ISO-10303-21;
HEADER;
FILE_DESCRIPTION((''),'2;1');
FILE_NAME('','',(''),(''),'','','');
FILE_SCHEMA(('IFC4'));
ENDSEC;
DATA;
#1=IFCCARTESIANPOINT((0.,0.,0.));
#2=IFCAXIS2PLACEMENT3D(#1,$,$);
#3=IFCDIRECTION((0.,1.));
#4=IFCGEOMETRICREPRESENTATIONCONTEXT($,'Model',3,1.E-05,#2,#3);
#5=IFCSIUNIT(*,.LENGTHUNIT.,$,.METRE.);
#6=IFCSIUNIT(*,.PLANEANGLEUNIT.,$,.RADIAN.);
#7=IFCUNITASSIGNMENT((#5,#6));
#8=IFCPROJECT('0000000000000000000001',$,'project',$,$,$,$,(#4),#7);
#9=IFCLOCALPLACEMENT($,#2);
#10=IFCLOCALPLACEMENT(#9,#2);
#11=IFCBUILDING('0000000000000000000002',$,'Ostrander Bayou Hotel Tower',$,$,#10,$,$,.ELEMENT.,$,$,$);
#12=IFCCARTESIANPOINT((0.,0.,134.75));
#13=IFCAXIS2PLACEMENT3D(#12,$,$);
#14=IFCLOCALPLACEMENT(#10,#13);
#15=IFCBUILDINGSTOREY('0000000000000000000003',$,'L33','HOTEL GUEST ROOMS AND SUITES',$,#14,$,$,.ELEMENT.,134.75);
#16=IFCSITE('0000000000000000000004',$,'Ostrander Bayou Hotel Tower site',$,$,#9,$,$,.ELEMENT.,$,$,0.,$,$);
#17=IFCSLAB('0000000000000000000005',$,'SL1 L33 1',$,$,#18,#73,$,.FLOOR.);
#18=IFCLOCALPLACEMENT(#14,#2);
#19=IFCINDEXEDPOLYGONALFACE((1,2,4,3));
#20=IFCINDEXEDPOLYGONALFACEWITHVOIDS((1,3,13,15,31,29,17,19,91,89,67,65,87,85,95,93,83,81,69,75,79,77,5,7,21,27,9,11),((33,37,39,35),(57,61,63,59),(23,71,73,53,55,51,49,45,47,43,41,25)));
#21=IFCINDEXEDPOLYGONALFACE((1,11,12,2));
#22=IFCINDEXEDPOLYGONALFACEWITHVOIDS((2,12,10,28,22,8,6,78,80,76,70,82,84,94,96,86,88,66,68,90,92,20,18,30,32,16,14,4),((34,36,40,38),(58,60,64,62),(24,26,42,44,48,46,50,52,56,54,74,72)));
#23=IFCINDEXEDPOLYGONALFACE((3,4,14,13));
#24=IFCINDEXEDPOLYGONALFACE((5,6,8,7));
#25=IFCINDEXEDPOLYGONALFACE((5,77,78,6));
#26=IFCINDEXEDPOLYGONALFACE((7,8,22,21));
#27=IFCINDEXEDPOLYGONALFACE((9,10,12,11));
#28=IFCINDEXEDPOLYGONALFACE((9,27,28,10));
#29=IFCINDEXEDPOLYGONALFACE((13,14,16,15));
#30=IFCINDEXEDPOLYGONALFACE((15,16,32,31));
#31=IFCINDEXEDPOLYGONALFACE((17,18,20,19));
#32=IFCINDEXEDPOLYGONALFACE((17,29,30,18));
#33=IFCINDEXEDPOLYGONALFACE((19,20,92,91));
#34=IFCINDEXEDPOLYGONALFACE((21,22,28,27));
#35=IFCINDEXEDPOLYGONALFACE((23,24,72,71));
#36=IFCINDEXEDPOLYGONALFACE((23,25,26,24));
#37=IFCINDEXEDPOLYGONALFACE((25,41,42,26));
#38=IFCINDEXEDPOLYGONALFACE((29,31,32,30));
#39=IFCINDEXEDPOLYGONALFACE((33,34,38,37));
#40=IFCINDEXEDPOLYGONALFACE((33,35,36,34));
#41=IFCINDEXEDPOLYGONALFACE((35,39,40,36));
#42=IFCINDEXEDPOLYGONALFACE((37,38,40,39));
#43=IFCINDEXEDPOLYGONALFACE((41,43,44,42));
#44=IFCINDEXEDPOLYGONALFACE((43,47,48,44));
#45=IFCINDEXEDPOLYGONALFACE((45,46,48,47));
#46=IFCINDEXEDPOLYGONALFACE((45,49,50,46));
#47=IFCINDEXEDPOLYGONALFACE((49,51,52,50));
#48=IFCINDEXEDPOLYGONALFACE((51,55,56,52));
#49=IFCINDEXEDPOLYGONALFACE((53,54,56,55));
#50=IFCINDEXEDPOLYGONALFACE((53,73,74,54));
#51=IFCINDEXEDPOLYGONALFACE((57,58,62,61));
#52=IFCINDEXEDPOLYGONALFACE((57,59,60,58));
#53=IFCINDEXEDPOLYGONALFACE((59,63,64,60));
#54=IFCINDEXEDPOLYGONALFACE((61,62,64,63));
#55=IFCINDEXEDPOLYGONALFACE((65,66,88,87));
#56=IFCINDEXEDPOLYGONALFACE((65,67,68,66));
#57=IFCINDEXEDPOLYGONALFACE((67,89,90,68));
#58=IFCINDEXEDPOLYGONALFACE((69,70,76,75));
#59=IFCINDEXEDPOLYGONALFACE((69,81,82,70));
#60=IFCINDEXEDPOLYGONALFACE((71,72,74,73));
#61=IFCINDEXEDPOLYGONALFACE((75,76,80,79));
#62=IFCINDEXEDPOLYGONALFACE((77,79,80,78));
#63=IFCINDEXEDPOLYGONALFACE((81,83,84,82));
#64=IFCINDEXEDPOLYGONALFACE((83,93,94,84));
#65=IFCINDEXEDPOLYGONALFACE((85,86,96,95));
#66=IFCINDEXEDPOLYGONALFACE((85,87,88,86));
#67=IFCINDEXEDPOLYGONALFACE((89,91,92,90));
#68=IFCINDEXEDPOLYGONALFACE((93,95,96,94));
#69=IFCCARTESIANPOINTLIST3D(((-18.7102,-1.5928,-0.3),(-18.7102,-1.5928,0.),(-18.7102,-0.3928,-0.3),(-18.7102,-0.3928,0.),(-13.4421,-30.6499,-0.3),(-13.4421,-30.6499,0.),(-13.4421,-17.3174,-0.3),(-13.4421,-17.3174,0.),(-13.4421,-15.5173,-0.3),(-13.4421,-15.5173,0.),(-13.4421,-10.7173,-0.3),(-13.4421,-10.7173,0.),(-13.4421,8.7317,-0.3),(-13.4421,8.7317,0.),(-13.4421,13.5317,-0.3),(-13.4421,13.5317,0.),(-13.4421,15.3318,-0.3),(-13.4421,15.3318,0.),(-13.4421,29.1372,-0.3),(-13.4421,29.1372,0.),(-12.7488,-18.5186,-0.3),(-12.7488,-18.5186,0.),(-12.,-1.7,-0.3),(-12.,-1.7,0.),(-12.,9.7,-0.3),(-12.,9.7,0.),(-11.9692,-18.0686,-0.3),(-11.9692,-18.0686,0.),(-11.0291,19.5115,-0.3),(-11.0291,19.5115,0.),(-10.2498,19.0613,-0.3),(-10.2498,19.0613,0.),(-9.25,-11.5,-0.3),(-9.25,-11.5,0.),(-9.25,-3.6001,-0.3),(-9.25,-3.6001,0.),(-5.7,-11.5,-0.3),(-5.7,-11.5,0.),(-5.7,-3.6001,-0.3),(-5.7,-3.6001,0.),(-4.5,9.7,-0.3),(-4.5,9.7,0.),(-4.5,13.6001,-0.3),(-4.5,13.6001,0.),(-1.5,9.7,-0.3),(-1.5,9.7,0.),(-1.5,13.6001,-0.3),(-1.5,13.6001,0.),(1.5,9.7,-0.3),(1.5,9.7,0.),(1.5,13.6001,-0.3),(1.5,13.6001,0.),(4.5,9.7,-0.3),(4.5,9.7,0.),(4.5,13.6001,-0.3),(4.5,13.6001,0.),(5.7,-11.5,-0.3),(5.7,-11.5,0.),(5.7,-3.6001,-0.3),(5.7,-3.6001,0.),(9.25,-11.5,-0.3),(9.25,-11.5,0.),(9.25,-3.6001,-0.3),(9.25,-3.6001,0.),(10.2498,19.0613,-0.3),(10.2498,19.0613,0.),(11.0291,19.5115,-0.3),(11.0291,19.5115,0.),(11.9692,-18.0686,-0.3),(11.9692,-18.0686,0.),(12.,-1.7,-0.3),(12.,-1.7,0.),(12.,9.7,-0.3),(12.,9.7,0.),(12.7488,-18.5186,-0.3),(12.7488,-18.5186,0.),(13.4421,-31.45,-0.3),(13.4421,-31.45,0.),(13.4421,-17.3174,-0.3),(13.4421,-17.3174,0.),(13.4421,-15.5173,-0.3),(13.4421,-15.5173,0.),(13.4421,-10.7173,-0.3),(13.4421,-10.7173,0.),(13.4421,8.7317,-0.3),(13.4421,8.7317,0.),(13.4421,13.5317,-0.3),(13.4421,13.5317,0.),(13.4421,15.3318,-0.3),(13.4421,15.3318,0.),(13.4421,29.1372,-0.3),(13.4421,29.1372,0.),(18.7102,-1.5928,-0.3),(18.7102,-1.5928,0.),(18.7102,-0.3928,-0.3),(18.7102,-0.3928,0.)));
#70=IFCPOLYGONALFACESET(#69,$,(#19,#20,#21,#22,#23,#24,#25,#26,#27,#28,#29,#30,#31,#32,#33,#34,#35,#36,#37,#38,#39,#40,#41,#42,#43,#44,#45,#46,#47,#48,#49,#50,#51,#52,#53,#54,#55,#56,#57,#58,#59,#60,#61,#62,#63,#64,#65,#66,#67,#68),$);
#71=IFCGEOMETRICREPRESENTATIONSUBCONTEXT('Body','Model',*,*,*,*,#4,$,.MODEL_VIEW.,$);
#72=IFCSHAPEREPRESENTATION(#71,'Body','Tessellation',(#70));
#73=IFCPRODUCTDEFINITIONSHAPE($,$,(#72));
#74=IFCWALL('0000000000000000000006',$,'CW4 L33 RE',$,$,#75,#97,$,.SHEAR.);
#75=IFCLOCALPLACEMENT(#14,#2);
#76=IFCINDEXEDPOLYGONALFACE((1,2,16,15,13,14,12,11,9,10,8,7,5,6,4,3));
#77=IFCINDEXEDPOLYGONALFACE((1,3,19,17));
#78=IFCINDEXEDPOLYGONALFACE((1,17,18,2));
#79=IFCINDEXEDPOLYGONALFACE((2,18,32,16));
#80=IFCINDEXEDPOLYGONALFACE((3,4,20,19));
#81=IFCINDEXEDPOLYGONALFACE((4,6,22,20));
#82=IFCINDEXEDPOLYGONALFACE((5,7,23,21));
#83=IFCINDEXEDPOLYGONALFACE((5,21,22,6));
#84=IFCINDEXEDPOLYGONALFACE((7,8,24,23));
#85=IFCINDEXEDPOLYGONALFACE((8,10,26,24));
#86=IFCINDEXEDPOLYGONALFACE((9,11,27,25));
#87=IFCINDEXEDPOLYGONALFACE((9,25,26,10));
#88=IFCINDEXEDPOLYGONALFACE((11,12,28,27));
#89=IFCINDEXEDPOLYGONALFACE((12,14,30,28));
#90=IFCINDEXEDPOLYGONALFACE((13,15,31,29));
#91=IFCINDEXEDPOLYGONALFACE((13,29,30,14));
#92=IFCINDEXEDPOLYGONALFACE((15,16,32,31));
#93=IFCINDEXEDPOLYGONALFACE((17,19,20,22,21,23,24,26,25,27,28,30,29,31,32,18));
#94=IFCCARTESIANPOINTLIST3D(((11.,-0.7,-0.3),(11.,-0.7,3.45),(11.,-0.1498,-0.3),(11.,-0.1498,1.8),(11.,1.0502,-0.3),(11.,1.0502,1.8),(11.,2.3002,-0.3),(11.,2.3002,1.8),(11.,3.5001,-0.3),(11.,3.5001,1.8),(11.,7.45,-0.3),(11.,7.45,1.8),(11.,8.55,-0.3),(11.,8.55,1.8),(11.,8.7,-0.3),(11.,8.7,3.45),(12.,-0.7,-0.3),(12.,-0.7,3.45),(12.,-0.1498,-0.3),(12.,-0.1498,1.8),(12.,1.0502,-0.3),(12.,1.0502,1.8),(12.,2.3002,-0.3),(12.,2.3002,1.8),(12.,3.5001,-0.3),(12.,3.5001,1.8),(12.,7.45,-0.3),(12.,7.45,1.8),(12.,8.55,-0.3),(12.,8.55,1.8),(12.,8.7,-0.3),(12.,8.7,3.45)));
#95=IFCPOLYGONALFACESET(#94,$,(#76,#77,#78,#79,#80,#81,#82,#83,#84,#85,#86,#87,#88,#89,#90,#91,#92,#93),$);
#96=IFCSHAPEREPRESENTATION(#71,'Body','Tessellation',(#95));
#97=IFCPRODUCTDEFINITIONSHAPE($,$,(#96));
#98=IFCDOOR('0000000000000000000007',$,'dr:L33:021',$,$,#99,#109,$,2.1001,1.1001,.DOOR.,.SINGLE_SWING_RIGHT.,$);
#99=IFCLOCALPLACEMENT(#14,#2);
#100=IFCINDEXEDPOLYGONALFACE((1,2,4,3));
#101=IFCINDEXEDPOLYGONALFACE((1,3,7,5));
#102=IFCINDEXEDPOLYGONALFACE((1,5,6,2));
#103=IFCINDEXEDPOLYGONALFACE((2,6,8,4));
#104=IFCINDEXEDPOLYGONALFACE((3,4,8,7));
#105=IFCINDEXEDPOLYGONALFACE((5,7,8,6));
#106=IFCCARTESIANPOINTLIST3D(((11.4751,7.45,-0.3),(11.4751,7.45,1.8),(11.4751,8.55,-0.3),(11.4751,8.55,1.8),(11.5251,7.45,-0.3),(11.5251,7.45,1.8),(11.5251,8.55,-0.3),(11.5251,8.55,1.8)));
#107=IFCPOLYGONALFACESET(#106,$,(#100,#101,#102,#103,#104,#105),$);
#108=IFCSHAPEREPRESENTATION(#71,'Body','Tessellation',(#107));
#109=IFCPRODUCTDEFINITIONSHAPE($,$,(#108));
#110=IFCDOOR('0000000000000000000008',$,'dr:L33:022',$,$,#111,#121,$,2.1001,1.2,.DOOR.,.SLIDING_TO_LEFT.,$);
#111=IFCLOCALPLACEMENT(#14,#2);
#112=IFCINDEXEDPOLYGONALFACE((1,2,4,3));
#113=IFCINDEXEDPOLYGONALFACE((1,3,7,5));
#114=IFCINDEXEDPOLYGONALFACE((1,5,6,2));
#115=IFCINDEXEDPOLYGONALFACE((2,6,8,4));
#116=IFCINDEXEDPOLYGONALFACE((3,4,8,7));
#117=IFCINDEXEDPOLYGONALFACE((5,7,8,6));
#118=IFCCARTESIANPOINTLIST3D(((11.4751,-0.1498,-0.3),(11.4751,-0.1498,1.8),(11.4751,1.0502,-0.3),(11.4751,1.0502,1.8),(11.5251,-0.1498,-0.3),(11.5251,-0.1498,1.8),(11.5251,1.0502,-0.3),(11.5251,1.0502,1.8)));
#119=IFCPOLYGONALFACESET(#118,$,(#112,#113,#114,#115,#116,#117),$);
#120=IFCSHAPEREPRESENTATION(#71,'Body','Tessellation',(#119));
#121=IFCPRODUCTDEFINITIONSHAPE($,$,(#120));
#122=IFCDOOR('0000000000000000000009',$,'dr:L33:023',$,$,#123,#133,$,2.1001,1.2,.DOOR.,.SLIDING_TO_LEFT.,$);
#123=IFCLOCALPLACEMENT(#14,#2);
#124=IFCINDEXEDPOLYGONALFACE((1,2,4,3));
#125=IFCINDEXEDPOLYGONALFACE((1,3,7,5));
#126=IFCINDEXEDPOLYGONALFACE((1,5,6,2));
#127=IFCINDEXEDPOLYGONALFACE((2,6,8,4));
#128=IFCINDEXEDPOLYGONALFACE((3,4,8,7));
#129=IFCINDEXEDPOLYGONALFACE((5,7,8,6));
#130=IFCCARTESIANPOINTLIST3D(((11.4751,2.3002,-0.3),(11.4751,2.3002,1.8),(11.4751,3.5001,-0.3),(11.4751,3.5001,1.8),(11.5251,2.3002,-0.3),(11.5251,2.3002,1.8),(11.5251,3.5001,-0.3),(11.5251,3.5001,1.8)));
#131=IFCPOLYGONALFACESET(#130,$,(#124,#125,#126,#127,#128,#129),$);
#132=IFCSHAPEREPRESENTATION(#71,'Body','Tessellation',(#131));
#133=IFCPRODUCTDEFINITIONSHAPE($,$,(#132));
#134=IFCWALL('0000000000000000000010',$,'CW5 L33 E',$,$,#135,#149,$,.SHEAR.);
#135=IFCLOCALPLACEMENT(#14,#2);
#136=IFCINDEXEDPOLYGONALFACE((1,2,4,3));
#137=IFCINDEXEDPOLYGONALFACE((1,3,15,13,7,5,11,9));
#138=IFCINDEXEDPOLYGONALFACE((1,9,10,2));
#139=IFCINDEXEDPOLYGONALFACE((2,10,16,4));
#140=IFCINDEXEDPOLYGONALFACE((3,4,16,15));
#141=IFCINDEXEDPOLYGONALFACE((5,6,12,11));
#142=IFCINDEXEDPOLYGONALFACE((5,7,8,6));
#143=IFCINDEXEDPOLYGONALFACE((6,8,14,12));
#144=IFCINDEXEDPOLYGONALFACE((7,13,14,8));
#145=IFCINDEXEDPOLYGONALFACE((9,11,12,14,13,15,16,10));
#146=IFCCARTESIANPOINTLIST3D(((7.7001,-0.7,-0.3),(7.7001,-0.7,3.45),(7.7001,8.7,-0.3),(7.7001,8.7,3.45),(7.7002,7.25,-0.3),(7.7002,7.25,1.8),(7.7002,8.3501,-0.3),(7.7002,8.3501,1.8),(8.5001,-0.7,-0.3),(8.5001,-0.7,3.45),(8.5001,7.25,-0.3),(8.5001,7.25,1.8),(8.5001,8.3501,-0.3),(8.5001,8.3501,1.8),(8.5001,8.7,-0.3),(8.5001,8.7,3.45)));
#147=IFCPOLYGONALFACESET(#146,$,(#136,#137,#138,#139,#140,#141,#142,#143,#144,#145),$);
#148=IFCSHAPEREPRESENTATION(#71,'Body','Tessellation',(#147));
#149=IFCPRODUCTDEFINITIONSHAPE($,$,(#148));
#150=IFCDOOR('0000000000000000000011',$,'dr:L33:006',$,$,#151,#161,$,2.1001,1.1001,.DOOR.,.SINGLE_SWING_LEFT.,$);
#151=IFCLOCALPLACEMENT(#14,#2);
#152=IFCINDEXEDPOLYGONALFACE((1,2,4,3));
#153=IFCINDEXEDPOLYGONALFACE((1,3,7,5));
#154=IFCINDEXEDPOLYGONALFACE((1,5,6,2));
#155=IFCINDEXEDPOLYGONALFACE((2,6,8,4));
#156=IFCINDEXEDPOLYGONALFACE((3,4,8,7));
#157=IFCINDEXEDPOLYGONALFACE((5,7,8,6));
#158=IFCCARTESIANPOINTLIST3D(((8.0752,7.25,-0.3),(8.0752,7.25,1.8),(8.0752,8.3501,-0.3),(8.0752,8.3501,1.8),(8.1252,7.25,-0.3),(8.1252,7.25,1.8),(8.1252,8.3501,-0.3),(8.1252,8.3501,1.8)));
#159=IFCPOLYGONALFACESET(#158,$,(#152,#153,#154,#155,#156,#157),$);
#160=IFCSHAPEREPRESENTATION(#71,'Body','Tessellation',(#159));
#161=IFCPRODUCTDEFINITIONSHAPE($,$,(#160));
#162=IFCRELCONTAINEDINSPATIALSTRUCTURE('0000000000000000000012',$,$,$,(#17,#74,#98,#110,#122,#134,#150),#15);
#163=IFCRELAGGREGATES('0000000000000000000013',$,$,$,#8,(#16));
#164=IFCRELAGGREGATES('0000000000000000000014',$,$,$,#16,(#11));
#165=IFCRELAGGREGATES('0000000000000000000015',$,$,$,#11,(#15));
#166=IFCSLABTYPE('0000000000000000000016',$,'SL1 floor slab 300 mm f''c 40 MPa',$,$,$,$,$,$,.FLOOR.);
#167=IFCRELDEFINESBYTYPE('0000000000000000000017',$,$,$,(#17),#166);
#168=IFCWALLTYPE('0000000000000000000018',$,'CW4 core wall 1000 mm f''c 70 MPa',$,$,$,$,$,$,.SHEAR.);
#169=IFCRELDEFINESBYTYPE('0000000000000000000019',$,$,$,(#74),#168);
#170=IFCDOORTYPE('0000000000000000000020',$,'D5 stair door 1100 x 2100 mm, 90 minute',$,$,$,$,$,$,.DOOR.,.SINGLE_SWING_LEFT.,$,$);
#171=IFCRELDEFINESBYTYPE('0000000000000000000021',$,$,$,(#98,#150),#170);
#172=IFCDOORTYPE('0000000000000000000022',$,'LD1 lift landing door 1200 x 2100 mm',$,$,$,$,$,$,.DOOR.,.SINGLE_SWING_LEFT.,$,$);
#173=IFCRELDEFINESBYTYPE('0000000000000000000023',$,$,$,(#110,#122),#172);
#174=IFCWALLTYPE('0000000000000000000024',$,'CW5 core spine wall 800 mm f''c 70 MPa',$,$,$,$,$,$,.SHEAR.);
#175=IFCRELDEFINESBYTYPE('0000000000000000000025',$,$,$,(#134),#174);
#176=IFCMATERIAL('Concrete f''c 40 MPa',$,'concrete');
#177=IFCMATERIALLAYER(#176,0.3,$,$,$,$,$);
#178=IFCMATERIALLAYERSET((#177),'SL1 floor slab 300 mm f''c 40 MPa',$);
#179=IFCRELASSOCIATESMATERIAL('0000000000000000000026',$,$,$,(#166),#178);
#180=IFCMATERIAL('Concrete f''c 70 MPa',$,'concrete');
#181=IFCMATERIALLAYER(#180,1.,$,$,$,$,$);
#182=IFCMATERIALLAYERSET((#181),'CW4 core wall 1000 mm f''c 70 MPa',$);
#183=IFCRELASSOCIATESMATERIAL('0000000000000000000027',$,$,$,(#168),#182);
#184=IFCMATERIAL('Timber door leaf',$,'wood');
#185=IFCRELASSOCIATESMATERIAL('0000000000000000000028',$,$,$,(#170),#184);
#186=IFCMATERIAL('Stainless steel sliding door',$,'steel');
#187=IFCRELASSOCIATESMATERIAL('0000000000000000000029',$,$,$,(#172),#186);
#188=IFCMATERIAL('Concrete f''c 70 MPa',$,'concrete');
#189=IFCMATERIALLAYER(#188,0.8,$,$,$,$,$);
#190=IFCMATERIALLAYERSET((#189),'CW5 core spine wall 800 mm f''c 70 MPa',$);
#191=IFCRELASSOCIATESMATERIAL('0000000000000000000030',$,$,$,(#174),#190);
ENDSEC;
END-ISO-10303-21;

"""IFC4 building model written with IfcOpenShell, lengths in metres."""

from ifc_helpers import new_model, si_unit, direction, frame, frame_2d, origin, place, context, subcontext, project, spatial, polyline, rectangle, outline, extrude, material, layer, layer_set, type_object, element, fill, save


model = new_model("IFC4")

# Units and contexts
model_context = context("Model", 3, precision=1e-05, world=origin(), true_north=direction((0.0, 1.0)))
body_context = subcontext(model_context, "Body", "Model", "MODEL_VIEW")
ifc_project = project(units=[si_unit("LENGTHUNIT", "METRE"), si_unit("PLANEANGLEUNIT", "RADIAN")], contexts=[model_context])

# Site, building, storey
site_placement = place(None, origin())
site = spatial("IfcSite", under=ifc_project, at=site_placement, Name="Ostrander Bayou Hotel Tower site", CompositionType="ELEMENT", RefElevation=0.0)
building_placement = place(site_placement, origin())
building = spatial("IfcBuilding", under=site, at=building_placement, Name="Ostrander Bayou Hotel Tower", CompositionType="ELEMENT")
storey_placement = place(building_placement, frame((0.0, 0.0, 134.75)))
storey = spatial("IfcBuildingStorey", under=building, at=storey_placement, Name="L33", Description="HOTEL GUEST ROOMS AND SUITES", CompositionType="ELEMENT", Elevation=134.75)

# Slab
ifc_material_1 = material(Name="Concrete f'c 40 MPa", Category="concrete")
ifc_layer_1 = layer(ifc_material_1, 0.3)
ifc_layer_set_1 = layer_set([ifc_layer_1], Name="SL1 floor slab 300 mm f'c 40 MPa")
slab_type = type_object("IfcSlabType", Name="SL1 floor slab 300 mm f'c 40 MPa", PredefinedType="FLOOR", material=ifc_layer_set_1)
slab_placement = place(storey_placement, frame((0.0, 0.0, -0.3)))
element("IfcSlab", 1, at=slab_placement, inside=storey, type_object=slab_type, Name="SL1 L33 1", PredefinedType="FLOOR", context=body_context, shape_type="SweptSolid", body=[
    extrude(outline(polyline([(-12.7488, -18.5186), (-11.9692, -18.0686), (-13.4421, -15.5173), (-13.4421, -10.7173), (-18.7102, -1.5928), (-18.7102, -0.3928), (-13.4421, 8.7317), (-13.4421, 13.5317), (-10.2498, 19.0613), (-11.0291, 19.5115), (-13.4421, 15.3318), (-13.4421, 29.1372), (13.4421, 29.1372), (13.4421, 15.3318), (11.0291, 19.5115), (10.2498, 19.0613), (13.4421, 13.5317), (13.4421, 8.7317), (18.7102, -0.3928), (18.7102, -1.5928), (13.4421, -10.7173), (13.4421, -15.5173), (11.9692, -18.0686), (12.7488, -18.5186), (13.4421, -17.3174), (13.4421, -31.45), (-13.4421, -30.6499), (-13.4421, -17.3174), (-12.7488, -18.5186)]), holes=[polyline([(-12.0, -1.7), (12.0, -1.7), (12.0, 9.7), (4.5, 9.7), (4.5, 13.6001), (1.5, 13.6001), (1.5, 9.7), (-1.5, 9.7), (-1.5, 13.6001), (-4.5, 13.6001), (-4.5, 9.7), (-12.0, 9.7), (-12.0, -1.7)]), polyline([(9.25, -3.6001), (5.7, -3.6001), (5.7, -11.5), (9.25, -11.5), (9.25, -3.6001)]), polyline([(-5.7, -3.6001), (-9.25, -3.6001), (-9.25, -11.5), (-5.7, -11.5), (-5.7, -3.6001)])]), origin(), (0.0, 0.0, 1.0), 0.3),
])

# Wall, openings, doors
ifc_material_2 = material(Name="Concrete f'c 70 MPa", Category="concrete")
ifc_layer_2 = layer(ifc_material_2, 1.0)
ifc_layer_set_2 = layer_set([ifc_layer_2], Name="CW4 core wall 1000 mm f'c 70 MPa")
wall_type_1 = type_object("IfcWallType", Name="CW4 core wall 1000 mm f'c 70 MPa", PredefinedType="SHEAR", material=ifc_layer_set_2)
wall_1_placement = place(storey_placement, frame((11.5, -0.7, -0.3), z_axis=(0.0, 0.0, 1.0), x_axis=(0.0, 1.0, 0.0)))
wall_1 = element("IfcWall", 2, at=wall_1_placement, inside=storey, type_object=wall_type_1, Name="CW4 L33 RE", PredefinedType="SHEAR", context=body_context, shape_type="SweptSolid", body=[
    extrude(rectangle(XDim=9.3999, YDim=1.0, at=frame_2d((4.7, 0.0))), origin(), (0.0, 0.0, 1.0), 3.75),
])
opening_1_placement = place(wall_1_placement, frame((8.1499, 0.0, 0.0)))
opening_1 = element("IfcOpeningElement", 3, at=opening_1_placement, cuts=wall_1, PredefinedType="OPENING", context=body_context, shape_type="SweptSolid", body=[
    extrude(rectangle(XDim=1.1001, YDim=2.1001, at=frame_2d((0.55, 1.05))), frame((0.0, 0.5, 0.0), z_axis=(0.0, -1.0, 0.0), x_axis=(1.0, 0.0, 0.0)), (0.0, 0.0, 1.0), 1.0),
])
opening_2_placement = place(wall_1_placement, frame((0.55, 0.0, 0.0)))
opening_2 = element("IfcOpeningElement", 4, at=opening_2_placement, cuts=wall_1, PredefinedType="OPENING", context=body_context, shape_type="SweptSolid", body=[
    extrude(rectangle(XDim=1.2, YDim=2.1001, at=frame_2d((0.6001, 1.05))), frame((0.0, 0.5, 0.0), z_axis=(0.0, -1.0, 0.0), x_axis=(1.0, 0.0, 0.0)), (0.0, 0.0, 1.0), 1.0),
])
opening_3_placement = place(wall_1_placement, frame((3.0, 0.0, 0.0)))
opening_3 = element("IfcOpeningElement", 5, at=opening_3_placement, cuts=wall_1, PredefinedType="OPENING", context=body_context, shape_type="SweptSolid", body=[
    extrude(rectangle(XDim=1.2, YDim=2.1001, at=frame_2d((0.6001, 1.05))), frame((0.0, 0.5, 0.0), z_axis=(0.0, -1.0, 0.0), x_axis=(1.0, 0.0, 0.0)), (0.0, 0.0, 1.0), 1.0),
])
ifc_material_3 = material(Name="Timber door leaf", Category="wood")
door_type_1 = type_object("IfcDoorType", Name="D5 stair door 1100 x 2100 mm, 90 minute", OperationType="SINGLE_SWING_LEFT", PredefinedType="DOOR", material=ifc_material_3)
door_1_placement = place(opening_1_placement, origin())
door_1 = element("IfcDoor", 6, at=door_1_placement, inside=storey, type_object=door_type_1, Name="dr:L33:021", OperationType="SINGLE_SWING_RIGHT", OverallHeight=2.1001, OverallWidth=1.1001, PredefinedType="DOOR", context=body_context, shape_type="SweptSolid", body=[
    extrude(rectangle(XDim=1.1001, YDim=2.1001, at=frame_2d((0.55, 1.05))), frame((0.0, 0.0249, 0.0), z_axis=(0.0, -1.0, 0.0), x_axis=(1.0, 0.0, 0.0)), (0.0, 0.0, 1.0), 0.05),
])
fill(opening_1, door_1)
ifc_material_4 = material(Name="Stainless steel sliding door", Category="steel")
door_type_2 = type_object("IfcDoorType", Name="LD1 lift landing door 1200 x 2100 mm", OperationType="SINGLE_SWING_LEFT", PredefinedType="DOOR", material=ifc_material_4)
door_2_placement = place(opening_2_placement, origin())
door_2 = element("IfcDoor", 7, at=door_2_placement, inside=storey, type_object=door_type_2, Name="dr:L33:022", OperationType="SLIDING_TO_LEFT", OverallHeight=2.1001, OverallWidth=1.2, PredefinedType="DOOR", context=body_context, shape_type="SweptSolid", body=[
    extrude(rectangle(XDim=1.2, YDim=2.1001, at=frame_2d((0.6001, 1.05))), frame((0.0, 0.0249, 0.0), z_axis=(0.0, -1.0, 0.0), x_axis=(1.0, 0.0, 0.0)), (0.0, 0.0, 1.0), 0.05),
])
fill(opening_2, door_2)
door_3_placement = place(opening_3_placement, origin())
door_3 = element("IfcDoor", 8, at=door_3_placement, inside=storey, type_object=door_type_2, Name="dr:L33:023", OperationType="SLIDING_TO_LEFT", OverallHeight=2.1001, OverallWidth=1.2, PredefinedType="DOOR", context=body_context, shape_type="SweptSolid", body=[
    extrude(rectangle(XDim=1.2, YDim=2.1001, at=frame_2d((0.6001, 1.05))), frame((0.0, 0.0249, 0.0), z_axis=(0.0, -1.0, 0.0), x_axis=(1.0, 0.0, 0.0)), (0.0, 0.0, 1.0), 0.05),
])
fill(opening_3, door_3)

# Wall, opening, door
ifc_material_5 = material(Name="Concrete f'c 70 MPa", Category="concrete")
ifc_layer_3 = layer(ifc_material_5, 0.8)
ifc_layer_set_3 = layer_set([ifc_layer_3], Name="CW5 core spine wall 800 mm f'c 70 MPa")
wall_type_2 = type_object("IfcWallType", Name="CW5 core spine wall 800 mm f'c 70 MPa", PredefinedType="SHEAR", material=ifc_layer_set_3)
wall_2_placement = place(storey_placement, frame((8.1001, -0.7, -0.3), z_axis=(0.0, 0.0, 1.0), x_axis=(0.0, 1.0, 0.0)))
wall_2 = element("IfcWall", 9, at=wall_2_placement, inside=storey, type_object=wall_type_2, Name="CW5 L33 E", PredefinedType="SHEAR", context=body_context, shape_type="SweptSolid", body=[
    extrude(rectangle(XDim=9.3999, YDim=0.8, at=frame_2d((4.7, 0.0))), origin(), (0.0, 0.0, 1.0), 3.75),
])
opening_4_placement = place(wall_2_placement, frame((7.95, 0.0, 0.0)))
opening_4 = element("IfcOpeningElement", 10, at=opening_4_placement, cuts=wall_2, PredefinedType="OPENING", context=body_context, shape_type="SweptSolid", body=[
    extrude(rectangle(XDim=1.1001, YDim=2.1001, at=frame_2d((0.55, 1.05))), frame((0.0, 0.3999, 0.0), z_axis=(0.0, -1.0, 0.0), x_axis=(1.0, 0.0, 0.0)), (0.0, 0.0, 1.0), 0.8),
])
door_4_placement = place(opening_4_placement, origin())
door_4 = element("IfcDoor", 11, at=door_4_placement, inside=storey, type_object=door_type_1, Name="dr:L33:006", OperationType="SINGLE_SWING_LEFT", OverallHeight=2.1001, OverallWidth=1.1001, PredefinedType="DOOR", context=body_context, shape_type="SweptSolid", body=[
    extrude(rectangle(XDim=1.1001, YDim=2.1001, at=frame_2d((0.55, 1.05))), frame((0.0, 0.0249, 0.0), z_axis=(0.0, -1.0, 0.0), x_axis=(1.0, 0.0, 0.0)), (0.0, 0.0, 1.0), 0.05),
])
fill(opening_4, door_4)

save(model, "model.ifc")
